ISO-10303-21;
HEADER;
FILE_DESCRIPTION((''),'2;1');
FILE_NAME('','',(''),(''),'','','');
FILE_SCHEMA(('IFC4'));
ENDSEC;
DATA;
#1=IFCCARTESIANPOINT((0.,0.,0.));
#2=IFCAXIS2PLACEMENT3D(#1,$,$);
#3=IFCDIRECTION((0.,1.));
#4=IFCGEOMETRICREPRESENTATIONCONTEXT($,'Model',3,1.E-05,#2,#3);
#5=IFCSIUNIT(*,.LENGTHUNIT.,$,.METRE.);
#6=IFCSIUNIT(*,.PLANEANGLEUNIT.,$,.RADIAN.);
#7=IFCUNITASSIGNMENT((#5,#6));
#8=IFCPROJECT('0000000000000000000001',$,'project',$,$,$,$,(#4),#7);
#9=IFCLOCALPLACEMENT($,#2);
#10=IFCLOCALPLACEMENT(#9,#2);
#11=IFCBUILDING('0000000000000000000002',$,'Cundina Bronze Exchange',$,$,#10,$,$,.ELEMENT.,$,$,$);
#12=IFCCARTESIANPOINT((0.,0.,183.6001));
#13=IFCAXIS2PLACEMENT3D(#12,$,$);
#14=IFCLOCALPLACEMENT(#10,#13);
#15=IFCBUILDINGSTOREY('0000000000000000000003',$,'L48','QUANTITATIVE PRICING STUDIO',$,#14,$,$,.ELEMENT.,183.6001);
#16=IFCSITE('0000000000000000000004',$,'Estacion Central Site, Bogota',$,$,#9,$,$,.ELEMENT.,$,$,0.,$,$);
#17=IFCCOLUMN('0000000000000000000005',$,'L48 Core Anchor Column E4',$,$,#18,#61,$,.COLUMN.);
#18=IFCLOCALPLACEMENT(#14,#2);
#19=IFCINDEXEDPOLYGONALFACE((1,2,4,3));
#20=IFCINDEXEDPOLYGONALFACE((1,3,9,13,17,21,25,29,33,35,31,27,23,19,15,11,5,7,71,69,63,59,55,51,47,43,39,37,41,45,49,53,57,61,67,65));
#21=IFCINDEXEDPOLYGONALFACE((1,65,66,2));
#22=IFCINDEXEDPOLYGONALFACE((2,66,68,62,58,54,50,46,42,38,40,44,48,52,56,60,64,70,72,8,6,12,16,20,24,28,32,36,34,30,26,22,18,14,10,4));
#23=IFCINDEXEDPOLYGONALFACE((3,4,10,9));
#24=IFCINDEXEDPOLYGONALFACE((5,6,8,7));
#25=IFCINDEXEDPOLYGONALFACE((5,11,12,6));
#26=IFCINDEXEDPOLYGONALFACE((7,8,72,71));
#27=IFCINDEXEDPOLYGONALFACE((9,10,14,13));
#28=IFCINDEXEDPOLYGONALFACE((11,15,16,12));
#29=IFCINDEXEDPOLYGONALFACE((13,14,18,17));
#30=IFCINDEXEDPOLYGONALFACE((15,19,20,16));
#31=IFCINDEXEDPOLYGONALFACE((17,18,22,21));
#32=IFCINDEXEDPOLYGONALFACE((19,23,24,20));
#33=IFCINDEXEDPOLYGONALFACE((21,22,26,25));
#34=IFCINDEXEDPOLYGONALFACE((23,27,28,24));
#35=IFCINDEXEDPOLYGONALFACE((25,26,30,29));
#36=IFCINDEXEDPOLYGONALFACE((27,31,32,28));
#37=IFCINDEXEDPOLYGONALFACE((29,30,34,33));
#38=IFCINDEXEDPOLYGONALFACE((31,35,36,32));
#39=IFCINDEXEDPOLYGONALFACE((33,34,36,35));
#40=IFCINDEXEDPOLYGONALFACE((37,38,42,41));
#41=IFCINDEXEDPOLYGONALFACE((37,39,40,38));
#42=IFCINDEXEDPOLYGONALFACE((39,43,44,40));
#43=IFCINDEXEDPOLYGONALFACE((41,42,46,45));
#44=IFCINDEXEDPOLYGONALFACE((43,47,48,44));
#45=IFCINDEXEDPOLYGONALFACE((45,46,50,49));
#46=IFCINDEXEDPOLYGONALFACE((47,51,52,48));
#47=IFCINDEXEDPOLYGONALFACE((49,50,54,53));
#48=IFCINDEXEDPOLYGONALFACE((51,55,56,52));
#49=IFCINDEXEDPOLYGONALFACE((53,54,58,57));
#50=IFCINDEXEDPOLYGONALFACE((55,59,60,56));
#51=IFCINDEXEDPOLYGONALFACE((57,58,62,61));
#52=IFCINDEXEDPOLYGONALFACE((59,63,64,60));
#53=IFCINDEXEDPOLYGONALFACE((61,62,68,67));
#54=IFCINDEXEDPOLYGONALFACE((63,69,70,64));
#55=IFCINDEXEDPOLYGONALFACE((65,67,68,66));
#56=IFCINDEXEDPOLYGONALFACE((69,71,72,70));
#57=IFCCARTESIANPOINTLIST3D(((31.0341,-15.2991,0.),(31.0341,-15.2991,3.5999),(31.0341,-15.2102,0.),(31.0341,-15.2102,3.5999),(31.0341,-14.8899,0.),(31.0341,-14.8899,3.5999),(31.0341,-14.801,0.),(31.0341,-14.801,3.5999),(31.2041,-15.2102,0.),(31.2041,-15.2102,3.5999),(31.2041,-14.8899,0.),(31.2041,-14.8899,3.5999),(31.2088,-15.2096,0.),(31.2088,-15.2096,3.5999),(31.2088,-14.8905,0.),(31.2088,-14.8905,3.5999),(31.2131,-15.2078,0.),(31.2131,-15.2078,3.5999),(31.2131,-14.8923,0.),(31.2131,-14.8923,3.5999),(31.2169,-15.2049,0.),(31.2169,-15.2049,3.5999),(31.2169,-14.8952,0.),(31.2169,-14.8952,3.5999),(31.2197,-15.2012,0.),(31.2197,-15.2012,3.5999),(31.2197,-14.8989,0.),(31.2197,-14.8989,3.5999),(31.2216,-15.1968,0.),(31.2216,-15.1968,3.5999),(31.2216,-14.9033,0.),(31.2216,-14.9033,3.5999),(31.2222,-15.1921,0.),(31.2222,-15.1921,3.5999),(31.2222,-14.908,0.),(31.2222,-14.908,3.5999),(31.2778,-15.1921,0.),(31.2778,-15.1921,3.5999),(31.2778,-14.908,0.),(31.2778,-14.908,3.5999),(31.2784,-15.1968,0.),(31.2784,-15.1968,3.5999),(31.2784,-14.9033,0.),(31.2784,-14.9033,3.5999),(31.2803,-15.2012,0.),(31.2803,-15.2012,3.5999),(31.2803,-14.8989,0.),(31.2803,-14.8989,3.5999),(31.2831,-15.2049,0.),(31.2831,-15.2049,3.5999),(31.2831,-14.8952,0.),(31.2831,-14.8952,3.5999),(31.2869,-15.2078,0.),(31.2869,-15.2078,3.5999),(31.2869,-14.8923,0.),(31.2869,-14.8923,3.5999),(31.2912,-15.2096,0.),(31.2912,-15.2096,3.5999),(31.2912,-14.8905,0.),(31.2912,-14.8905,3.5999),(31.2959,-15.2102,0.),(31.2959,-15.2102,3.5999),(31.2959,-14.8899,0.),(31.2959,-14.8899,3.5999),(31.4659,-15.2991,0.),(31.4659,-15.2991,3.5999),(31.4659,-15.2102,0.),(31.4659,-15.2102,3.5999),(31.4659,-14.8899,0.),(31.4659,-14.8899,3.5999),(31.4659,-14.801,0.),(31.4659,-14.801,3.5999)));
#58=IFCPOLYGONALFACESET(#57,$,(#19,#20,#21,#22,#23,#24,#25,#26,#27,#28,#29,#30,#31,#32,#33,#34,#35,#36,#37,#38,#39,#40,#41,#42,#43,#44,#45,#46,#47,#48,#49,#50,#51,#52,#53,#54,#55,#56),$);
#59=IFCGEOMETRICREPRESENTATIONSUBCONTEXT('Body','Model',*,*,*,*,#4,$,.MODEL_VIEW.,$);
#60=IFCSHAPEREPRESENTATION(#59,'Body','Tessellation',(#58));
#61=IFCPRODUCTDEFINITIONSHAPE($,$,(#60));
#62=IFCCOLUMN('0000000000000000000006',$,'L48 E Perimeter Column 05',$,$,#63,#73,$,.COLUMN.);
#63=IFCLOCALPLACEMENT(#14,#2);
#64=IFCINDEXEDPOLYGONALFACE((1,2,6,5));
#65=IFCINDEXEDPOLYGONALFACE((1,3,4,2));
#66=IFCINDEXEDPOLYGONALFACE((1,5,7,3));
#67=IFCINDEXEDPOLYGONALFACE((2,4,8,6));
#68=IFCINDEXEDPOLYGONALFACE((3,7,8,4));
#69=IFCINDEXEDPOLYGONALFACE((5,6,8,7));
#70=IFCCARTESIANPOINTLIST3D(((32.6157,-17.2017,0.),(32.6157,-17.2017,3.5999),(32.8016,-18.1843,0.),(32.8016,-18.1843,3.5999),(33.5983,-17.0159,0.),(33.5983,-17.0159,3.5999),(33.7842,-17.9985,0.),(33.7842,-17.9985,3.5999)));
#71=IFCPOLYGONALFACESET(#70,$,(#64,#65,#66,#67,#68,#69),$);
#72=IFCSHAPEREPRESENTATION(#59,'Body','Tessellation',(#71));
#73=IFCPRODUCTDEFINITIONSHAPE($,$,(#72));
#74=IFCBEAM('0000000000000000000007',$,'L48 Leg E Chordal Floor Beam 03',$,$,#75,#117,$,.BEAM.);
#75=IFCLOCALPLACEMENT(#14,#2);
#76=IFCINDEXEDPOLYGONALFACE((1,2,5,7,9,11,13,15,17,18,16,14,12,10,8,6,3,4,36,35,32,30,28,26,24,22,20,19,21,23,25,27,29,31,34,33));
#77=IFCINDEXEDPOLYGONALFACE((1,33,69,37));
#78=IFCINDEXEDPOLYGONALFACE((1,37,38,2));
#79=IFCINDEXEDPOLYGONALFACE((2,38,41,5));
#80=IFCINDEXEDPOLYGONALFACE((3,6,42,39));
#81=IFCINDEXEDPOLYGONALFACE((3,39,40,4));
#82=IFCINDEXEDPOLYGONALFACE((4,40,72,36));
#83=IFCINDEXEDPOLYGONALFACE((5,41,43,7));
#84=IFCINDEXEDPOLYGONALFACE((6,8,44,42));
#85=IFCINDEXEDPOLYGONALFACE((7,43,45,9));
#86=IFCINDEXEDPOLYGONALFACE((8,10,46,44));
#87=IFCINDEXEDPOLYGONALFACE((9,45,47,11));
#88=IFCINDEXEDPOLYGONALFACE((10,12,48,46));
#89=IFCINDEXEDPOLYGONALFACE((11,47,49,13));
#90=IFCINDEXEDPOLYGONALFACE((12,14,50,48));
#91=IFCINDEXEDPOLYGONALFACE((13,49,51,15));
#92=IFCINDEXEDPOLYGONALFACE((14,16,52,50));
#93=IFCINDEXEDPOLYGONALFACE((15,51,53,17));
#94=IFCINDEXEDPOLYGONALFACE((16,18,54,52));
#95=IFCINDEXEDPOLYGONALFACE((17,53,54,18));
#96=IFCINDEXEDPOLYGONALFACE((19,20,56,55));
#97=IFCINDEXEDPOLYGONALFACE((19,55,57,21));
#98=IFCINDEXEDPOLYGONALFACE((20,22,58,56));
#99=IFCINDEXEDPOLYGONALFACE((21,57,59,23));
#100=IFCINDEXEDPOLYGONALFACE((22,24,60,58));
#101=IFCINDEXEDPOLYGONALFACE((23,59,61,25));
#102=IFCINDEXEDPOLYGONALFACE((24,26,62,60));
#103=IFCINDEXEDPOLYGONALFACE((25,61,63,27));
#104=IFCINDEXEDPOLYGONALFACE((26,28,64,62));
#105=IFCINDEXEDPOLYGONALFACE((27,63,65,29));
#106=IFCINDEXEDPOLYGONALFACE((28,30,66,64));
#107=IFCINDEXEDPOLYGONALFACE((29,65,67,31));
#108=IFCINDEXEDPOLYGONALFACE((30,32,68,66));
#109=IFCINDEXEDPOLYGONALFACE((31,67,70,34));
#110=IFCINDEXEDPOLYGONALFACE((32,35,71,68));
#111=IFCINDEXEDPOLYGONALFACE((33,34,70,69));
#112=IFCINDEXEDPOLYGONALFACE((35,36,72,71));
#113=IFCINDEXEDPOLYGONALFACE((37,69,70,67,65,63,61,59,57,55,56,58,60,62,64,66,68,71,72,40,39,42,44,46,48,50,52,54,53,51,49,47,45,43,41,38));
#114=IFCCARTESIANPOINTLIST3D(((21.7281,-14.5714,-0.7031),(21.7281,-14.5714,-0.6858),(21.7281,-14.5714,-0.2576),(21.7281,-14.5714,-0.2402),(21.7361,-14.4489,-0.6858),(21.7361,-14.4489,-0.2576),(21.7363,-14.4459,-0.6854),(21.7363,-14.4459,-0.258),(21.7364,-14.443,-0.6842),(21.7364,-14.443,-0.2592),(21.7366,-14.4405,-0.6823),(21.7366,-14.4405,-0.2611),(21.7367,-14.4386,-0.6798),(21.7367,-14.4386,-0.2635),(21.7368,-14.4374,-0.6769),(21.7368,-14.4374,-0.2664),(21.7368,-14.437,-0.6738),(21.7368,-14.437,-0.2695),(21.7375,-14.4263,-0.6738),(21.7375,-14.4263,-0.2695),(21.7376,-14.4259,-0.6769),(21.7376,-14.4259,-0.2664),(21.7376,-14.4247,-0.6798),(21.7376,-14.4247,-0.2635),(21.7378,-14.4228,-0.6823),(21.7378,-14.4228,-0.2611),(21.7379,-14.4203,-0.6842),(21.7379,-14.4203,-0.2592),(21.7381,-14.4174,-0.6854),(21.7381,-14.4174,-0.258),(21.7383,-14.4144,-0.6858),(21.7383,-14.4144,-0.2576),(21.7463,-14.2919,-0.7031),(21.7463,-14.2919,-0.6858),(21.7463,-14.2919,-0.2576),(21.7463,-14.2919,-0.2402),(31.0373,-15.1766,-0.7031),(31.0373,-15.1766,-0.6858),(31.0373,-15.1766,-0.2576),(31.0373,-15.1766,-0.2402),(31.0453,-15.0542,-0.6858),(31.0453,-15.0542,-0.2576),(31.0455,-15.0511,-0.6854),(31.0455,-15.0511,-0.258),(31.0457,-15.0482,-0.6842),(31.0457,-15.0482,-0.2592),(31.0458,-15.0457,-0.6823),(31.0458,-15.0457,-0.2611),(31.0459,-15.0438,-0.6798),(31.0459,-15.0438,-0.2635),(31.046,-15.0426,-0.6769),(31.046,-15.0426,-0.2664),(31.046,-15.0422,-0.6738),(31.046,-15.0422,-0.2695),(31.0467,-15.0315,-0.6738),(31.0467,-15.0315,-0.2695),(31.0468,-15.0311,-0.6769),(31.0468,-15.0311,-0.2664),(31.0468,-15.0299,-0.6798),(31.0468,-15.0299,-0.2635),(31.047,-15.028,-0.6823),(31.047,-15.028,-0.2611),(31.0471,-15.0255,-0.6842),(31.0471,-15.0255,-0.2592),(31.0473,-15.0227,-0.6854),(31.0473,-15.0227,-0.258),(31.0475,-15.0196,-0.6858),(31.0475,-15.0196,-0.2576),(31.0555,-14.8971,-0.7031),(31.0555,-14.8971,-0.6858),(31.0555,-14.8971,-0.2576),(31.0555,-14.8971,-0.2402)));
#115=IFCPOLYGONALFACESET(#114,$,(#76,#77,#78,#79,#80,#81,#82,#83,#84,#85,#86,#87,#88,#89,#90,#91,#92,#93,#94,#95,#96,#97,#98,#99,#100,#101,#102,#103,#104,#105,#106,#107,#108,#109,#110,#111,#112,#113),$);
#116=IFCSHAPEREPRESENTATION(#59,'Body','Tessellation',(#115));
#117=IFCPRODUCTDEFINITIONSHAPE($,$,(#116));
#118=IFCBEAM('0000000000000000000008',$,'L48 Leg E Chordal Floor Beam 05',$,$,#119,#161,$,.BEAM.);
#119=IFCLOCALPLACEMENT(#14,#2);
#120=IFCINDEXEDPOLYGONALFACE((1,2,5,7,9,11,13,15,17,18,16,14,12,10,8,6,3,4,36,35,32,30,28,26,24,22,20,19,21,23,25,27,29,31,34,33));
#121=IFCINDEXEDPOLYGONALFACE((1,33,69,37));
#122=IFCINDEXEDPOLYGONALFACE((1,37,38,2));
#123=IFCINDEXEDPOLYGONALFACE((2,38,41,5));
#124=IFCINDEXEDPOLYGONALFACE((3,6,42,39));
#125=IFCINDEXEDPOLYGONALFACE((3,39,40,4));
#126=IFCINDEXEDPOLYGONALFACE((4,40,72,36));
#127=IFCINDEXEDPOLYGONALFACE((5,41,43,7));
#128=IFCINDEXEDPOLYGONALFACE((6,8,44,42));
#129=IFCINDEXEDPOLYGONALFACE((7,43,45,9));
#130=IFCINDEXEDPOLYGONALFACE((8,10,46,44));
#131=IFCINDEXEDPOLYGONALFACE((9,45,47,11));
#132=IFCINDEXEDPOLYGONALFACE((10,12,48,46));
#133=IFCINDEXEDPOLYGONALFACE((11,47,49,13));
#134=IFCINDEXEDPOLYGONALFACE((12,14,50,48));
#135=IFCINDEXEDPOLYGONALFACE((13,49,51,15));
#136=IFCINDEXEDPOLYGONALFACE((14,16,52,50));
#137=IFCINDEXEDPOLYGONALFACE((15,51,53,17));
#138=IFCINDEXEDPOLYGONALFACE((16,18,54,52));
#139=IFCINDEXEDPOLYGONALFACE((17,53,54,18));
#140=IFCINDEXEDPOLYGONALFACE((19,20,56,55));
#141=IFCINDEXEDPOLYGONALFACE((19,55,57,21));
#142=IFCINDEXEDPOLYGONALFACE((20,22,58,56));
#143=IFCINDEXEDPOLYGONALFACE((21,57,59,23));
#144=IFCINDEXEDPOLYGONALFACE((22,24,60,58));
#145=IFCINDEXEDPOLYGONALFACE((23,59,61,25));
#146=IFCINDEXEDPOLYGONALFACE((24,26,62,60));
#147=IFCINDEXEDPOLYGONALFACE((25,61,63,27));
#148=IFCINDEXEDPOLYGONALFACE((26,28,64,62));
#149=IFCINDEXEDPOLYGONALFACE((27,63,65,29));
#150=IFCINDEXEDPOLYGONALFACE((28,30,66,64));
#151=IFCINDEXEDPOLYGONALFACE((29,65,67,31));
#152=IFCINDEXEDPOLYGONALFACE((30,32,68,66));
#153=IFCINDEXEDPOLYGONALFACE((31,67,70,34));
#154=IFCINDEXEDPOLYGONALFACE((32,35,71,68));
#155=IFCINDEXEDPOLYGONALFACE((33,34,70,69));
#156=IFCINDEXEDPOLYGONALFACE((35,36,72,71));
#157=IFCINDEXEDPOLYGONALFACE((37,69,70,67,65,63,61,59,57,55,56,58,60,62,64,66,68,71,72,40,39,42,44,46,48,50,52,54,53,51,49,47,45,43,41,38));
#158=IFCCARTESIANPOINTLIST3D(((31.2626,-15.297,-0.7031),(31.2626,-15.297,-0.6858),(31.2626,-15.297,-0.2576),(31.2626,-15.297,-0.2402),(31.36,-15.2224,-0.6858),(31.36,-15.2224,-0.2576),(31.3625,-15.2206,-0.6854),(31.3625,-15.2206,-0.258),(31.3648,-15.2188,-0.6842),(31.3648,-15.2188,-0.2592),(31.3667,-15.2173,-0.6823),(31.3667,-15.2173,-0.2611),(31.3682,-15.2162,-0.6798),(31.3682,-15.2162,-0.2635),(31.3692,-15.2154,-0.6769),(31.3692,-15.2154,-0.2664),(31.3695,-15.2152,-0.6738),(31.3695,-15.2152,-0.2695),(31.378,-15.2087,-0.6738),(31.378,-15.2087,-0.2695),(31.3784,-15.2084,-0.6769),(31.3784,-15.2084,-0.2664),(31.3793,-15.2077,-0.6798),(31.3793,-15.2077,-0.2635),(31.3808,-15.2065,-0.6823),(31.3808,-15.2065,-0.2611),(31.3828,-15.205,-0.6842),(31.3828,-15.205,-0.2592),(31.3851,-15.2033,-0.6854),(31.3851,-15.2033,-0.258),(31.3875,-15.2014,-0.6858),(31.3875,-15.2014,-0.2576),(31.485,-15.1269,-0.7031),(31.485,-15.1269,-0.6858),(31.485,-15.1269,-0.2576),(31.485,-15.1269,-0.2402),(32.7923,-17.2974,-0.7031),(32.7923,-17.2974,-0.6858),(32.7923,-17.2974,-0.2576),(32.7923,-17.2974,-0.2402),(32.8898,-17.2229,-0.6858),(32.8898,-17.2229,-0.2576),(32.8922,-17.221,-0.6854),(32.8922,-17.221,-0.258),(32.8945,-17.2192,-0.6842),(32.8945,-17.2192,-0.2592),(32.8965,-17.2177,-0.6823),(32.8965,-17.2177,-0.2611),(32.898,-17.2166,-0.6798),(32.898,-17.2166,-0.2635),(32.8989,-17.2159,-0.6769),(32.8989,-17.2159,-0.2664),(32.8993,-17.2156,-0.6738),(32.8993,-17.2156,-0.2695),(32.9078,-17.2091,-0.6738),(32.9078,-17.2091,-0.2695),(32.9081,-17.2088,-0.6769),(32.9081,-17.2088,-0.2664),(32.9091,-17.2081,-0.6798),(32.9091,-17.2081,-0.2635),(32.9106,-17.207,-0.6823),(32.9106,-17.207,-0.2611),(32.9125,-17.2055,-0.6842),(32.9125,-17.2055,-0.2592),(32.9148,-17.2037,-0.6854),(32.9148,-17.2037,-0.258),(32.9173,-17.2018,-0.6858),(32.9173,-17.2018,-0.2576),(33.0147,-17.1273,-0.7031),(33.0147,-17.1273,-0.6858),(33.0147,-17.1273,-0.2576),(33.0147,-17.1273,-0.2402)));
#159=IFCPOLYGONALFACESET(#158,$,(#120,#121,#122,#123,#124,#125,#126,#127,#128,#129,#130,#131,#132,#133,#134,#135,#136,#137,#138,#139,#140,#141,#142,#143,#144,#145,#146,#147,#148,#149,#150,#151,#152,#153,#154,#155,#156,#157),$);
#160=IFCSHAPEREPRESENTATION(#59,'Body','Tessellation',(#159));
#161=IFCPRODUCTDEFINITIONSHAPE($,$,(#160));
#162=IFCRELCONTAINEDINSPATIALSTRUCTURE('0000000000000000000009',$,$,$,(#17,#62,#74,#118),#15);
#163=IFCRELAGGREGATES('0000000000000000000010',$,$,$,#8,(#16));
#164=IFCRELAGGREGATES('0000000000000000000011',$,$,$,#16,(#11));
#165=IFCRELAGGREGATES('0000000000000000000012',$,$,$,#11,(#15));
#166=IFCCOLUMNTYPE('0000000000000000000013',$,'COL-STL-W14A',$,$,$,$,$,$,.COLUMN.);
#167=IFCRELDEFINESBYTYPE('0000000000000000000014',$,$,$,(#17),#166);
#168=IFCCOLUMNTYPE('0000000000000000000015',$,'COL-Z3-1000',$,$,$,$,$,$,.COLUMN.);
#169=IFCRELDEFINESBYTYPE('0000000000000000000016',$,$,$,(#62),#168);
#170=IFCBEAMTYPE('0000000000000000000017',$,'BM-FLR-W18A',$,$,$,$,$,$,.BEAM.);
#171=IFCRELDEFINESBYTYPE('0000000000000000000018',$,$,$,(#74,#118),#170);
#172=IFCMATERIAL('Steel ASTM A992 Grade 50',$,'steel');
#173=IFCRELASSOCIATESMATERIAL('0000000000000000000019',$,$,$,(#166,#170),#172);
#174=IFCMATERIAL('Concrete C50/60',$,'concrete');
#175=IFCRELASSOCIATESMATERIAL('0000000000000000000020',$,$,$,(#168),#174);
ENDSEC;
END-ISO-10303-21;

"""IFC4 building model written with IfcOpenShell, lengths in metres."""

from ifc_helpers import new_model, si_unit, direction, frame, origin, origin_2d, place, context, subcontext, project, spatial, rectangle, i_section, extrude, material, material_profile, profile_set, type_object, element, save


model = new_model("IFC4")

# Units and contexts
model_context = context("Model", 3, precision=1e-05, world=origin(), true_north=direction((0.0, 1.0)))
body_context = subcontext(model_context, "Body", "Model", "MODEL_VIEW")
ifc_project = project(units=[si_unit("LENGTHUNIT", "METRE"), si_unit("PLANEANGLEUNIT", "RADIAN")], contexts=[model_context])

# Site, building, storey
site_placement = place(None, origin())
site = spatial("IfcSite", under=ifc_project, at=site_placement, Name="Estacion Central Site, Bogota", CompositionType="ELEMENT", RefElevation=0.0)
building_placement = place(site_placement, origin())
building = spatial("IfcBuilding", under=site, at=building_placement, Name="Cundina Bronze Exchange", CompositionType="ELEMENT")
storey_placement = place(building_placement, frame((0.0, 0.0, 183.6001)))
storey = spatial("IfcBuildingStorey", under=building, at=storey_placement, Name="L48", Description="QUANTITATIVE PRICING STUDIO", CompositionType="ELEMENT", Elevation=183.6001)

# Columns
ifc_material_1 = material(Name="Steel ASTM A992 Grade 50", Category="steel")
ifc_material_profile_1 = material_profile(ifc_material_1, i_section(OverallWidth=0.4319, OverallDepth=0.498, WebThickness=0.0557, FlangeThickness=0.0889, FilletRadius=0.0181, at=origin_2d()), Name="W14X500", Category="steel")
ifc_profile_set_1 = profile_set([ifc_material_profile_1], Name="Steel ASTM A992 Grade 50")
column_type_1 = type_object("IfcColumnType", Name="COL-STL-W14A", PredefinedType="COLUMN", material=ifc_profile_set_1)
column_1_placement = place(storey_placement, frame((31.25, -15.05, 0.0), z_axis=(0.0, 0.0, 1.0), x_axis=(1.0, 0.0, 0.0)))
element("IfcColumn", 1, at=column_1_placement, inside=storey, type_object=column_type_1, Name="L48 Core Anchor Column E4", PredefinedType="COLUMN", context=body_context, shape_type="SweptSolid", body=[
    extrude(i_section(OverallWidth=0.4319, OverallDepth=0.498, WebThickness=0.0557, FlangeThickness=0.0889, FilletRadius=0.0181, at=origin_2d()), origin(), (0.0, 0.0, 1.0), 3.5999),
])
ifc_material_2 = material(Name="Concrete C50/60", Category="concrete")
ifc_material_profile_2 = material_profile(ifc_material_2, rectangle(XDim=1.0, YDim=1.0, at=origin_2d()), Name="RC1000X1000", Category="concrete")
ifc_profile_set_2 = profile_set([ifc_material_profile_2], Name="Concrete C50/60")
column_type_2 = type_object("IfcColumnType", Name="COL-Z3-1000", PredefinedType="COLUMN", material=ifc_profile_set_2)
column_2_placement = place(storey_placement, frame((33.2, -17.6001, 0.0), z_axis=(0.0, 0.0, 1.0), x_axis=(0.98258, 0.185838, 0.0)))
element("IfcColumn", 2, at=column_2_placement, inside=storey, type_object=column_type_2, Name="L48 E Perimeter Column 05", PredefinedType="COLUMN", context=body_context, shape_type="SweptSolid", body=[
    extrude(rectangle(XDim=1.0, YDim=1.0, at=origin_2d()), origin(), (0.0, 0.0, 1.0), 3.5999),
])

# Beams
ifc_material_profile_3 = material_profile(ifc_material_1, i_section(OverallWidth=0.28, OverallDepth=0.4629, WebThickness=0.0107, FlangeThickness=0.0173, FilletRadius=0.012, at=origin_2d()), Name="W18X76", Category="steel")
ifc_profile_set_3 = profile_set([ifc_material_profile_3], Name="Steel ASTM A992 Grade 50")
beam_type_1 = type_object("IfcBeamType", Name="BM-FLR-W18A", PredefinedType="BEAM", material=ifc_profile_set_3)
beam_1_placement = place(storey_placement, frame((31.0464, -15.0369, -0.4717), z_axis=(-0.997893, 0.064876, 0.0), x_axis=(-0.064876, -0.997893, 0.0)))
element("IfcBeam", 3, at=beam_1_placement, inside=storey, type_object=beam_type_1, Name="L48 Leg E Chordal Floor Beam 03", PredefinedType="BEAM", context=body_context, shape_type="SweptSolid", body=[
    extrude(i_section(OverallWidth=0.28, OverallDepth=0.4629, WebThickness=0.0107, FlangeThickness=0.0173, FilletRadius=0.012, at=origin_2d()), origin(), (0.0, 0.0, 1.0), 9.3289),
])
beam_2_placement = place(storey_placement, frame((31.3738, -15.2119, -0.4717), z_axis=(0.60745, -0.794358, 0.0), x_axis=(0.794358, 0.60745, 0.0)))
element("IfcBeam", 4, at=beam_2_placement, inside=storey, type_object=beam_type_1, Name="L48 Leg E Chordal Floor Beam 05", PredefinedType="BEAM", context=body_context, shape_type="SweptSolid", body=[
    extrude(i_section(OverallWidth=0.28, OverallDepth=0.4629, WebThickness=0.0107, FlangeThickness=0.0173, FilletRadius=0.012, at=origin_2d()), origin(), (0.0, 0.0, 1.0), 2.5183),
])

save(model, "model.ifc")
